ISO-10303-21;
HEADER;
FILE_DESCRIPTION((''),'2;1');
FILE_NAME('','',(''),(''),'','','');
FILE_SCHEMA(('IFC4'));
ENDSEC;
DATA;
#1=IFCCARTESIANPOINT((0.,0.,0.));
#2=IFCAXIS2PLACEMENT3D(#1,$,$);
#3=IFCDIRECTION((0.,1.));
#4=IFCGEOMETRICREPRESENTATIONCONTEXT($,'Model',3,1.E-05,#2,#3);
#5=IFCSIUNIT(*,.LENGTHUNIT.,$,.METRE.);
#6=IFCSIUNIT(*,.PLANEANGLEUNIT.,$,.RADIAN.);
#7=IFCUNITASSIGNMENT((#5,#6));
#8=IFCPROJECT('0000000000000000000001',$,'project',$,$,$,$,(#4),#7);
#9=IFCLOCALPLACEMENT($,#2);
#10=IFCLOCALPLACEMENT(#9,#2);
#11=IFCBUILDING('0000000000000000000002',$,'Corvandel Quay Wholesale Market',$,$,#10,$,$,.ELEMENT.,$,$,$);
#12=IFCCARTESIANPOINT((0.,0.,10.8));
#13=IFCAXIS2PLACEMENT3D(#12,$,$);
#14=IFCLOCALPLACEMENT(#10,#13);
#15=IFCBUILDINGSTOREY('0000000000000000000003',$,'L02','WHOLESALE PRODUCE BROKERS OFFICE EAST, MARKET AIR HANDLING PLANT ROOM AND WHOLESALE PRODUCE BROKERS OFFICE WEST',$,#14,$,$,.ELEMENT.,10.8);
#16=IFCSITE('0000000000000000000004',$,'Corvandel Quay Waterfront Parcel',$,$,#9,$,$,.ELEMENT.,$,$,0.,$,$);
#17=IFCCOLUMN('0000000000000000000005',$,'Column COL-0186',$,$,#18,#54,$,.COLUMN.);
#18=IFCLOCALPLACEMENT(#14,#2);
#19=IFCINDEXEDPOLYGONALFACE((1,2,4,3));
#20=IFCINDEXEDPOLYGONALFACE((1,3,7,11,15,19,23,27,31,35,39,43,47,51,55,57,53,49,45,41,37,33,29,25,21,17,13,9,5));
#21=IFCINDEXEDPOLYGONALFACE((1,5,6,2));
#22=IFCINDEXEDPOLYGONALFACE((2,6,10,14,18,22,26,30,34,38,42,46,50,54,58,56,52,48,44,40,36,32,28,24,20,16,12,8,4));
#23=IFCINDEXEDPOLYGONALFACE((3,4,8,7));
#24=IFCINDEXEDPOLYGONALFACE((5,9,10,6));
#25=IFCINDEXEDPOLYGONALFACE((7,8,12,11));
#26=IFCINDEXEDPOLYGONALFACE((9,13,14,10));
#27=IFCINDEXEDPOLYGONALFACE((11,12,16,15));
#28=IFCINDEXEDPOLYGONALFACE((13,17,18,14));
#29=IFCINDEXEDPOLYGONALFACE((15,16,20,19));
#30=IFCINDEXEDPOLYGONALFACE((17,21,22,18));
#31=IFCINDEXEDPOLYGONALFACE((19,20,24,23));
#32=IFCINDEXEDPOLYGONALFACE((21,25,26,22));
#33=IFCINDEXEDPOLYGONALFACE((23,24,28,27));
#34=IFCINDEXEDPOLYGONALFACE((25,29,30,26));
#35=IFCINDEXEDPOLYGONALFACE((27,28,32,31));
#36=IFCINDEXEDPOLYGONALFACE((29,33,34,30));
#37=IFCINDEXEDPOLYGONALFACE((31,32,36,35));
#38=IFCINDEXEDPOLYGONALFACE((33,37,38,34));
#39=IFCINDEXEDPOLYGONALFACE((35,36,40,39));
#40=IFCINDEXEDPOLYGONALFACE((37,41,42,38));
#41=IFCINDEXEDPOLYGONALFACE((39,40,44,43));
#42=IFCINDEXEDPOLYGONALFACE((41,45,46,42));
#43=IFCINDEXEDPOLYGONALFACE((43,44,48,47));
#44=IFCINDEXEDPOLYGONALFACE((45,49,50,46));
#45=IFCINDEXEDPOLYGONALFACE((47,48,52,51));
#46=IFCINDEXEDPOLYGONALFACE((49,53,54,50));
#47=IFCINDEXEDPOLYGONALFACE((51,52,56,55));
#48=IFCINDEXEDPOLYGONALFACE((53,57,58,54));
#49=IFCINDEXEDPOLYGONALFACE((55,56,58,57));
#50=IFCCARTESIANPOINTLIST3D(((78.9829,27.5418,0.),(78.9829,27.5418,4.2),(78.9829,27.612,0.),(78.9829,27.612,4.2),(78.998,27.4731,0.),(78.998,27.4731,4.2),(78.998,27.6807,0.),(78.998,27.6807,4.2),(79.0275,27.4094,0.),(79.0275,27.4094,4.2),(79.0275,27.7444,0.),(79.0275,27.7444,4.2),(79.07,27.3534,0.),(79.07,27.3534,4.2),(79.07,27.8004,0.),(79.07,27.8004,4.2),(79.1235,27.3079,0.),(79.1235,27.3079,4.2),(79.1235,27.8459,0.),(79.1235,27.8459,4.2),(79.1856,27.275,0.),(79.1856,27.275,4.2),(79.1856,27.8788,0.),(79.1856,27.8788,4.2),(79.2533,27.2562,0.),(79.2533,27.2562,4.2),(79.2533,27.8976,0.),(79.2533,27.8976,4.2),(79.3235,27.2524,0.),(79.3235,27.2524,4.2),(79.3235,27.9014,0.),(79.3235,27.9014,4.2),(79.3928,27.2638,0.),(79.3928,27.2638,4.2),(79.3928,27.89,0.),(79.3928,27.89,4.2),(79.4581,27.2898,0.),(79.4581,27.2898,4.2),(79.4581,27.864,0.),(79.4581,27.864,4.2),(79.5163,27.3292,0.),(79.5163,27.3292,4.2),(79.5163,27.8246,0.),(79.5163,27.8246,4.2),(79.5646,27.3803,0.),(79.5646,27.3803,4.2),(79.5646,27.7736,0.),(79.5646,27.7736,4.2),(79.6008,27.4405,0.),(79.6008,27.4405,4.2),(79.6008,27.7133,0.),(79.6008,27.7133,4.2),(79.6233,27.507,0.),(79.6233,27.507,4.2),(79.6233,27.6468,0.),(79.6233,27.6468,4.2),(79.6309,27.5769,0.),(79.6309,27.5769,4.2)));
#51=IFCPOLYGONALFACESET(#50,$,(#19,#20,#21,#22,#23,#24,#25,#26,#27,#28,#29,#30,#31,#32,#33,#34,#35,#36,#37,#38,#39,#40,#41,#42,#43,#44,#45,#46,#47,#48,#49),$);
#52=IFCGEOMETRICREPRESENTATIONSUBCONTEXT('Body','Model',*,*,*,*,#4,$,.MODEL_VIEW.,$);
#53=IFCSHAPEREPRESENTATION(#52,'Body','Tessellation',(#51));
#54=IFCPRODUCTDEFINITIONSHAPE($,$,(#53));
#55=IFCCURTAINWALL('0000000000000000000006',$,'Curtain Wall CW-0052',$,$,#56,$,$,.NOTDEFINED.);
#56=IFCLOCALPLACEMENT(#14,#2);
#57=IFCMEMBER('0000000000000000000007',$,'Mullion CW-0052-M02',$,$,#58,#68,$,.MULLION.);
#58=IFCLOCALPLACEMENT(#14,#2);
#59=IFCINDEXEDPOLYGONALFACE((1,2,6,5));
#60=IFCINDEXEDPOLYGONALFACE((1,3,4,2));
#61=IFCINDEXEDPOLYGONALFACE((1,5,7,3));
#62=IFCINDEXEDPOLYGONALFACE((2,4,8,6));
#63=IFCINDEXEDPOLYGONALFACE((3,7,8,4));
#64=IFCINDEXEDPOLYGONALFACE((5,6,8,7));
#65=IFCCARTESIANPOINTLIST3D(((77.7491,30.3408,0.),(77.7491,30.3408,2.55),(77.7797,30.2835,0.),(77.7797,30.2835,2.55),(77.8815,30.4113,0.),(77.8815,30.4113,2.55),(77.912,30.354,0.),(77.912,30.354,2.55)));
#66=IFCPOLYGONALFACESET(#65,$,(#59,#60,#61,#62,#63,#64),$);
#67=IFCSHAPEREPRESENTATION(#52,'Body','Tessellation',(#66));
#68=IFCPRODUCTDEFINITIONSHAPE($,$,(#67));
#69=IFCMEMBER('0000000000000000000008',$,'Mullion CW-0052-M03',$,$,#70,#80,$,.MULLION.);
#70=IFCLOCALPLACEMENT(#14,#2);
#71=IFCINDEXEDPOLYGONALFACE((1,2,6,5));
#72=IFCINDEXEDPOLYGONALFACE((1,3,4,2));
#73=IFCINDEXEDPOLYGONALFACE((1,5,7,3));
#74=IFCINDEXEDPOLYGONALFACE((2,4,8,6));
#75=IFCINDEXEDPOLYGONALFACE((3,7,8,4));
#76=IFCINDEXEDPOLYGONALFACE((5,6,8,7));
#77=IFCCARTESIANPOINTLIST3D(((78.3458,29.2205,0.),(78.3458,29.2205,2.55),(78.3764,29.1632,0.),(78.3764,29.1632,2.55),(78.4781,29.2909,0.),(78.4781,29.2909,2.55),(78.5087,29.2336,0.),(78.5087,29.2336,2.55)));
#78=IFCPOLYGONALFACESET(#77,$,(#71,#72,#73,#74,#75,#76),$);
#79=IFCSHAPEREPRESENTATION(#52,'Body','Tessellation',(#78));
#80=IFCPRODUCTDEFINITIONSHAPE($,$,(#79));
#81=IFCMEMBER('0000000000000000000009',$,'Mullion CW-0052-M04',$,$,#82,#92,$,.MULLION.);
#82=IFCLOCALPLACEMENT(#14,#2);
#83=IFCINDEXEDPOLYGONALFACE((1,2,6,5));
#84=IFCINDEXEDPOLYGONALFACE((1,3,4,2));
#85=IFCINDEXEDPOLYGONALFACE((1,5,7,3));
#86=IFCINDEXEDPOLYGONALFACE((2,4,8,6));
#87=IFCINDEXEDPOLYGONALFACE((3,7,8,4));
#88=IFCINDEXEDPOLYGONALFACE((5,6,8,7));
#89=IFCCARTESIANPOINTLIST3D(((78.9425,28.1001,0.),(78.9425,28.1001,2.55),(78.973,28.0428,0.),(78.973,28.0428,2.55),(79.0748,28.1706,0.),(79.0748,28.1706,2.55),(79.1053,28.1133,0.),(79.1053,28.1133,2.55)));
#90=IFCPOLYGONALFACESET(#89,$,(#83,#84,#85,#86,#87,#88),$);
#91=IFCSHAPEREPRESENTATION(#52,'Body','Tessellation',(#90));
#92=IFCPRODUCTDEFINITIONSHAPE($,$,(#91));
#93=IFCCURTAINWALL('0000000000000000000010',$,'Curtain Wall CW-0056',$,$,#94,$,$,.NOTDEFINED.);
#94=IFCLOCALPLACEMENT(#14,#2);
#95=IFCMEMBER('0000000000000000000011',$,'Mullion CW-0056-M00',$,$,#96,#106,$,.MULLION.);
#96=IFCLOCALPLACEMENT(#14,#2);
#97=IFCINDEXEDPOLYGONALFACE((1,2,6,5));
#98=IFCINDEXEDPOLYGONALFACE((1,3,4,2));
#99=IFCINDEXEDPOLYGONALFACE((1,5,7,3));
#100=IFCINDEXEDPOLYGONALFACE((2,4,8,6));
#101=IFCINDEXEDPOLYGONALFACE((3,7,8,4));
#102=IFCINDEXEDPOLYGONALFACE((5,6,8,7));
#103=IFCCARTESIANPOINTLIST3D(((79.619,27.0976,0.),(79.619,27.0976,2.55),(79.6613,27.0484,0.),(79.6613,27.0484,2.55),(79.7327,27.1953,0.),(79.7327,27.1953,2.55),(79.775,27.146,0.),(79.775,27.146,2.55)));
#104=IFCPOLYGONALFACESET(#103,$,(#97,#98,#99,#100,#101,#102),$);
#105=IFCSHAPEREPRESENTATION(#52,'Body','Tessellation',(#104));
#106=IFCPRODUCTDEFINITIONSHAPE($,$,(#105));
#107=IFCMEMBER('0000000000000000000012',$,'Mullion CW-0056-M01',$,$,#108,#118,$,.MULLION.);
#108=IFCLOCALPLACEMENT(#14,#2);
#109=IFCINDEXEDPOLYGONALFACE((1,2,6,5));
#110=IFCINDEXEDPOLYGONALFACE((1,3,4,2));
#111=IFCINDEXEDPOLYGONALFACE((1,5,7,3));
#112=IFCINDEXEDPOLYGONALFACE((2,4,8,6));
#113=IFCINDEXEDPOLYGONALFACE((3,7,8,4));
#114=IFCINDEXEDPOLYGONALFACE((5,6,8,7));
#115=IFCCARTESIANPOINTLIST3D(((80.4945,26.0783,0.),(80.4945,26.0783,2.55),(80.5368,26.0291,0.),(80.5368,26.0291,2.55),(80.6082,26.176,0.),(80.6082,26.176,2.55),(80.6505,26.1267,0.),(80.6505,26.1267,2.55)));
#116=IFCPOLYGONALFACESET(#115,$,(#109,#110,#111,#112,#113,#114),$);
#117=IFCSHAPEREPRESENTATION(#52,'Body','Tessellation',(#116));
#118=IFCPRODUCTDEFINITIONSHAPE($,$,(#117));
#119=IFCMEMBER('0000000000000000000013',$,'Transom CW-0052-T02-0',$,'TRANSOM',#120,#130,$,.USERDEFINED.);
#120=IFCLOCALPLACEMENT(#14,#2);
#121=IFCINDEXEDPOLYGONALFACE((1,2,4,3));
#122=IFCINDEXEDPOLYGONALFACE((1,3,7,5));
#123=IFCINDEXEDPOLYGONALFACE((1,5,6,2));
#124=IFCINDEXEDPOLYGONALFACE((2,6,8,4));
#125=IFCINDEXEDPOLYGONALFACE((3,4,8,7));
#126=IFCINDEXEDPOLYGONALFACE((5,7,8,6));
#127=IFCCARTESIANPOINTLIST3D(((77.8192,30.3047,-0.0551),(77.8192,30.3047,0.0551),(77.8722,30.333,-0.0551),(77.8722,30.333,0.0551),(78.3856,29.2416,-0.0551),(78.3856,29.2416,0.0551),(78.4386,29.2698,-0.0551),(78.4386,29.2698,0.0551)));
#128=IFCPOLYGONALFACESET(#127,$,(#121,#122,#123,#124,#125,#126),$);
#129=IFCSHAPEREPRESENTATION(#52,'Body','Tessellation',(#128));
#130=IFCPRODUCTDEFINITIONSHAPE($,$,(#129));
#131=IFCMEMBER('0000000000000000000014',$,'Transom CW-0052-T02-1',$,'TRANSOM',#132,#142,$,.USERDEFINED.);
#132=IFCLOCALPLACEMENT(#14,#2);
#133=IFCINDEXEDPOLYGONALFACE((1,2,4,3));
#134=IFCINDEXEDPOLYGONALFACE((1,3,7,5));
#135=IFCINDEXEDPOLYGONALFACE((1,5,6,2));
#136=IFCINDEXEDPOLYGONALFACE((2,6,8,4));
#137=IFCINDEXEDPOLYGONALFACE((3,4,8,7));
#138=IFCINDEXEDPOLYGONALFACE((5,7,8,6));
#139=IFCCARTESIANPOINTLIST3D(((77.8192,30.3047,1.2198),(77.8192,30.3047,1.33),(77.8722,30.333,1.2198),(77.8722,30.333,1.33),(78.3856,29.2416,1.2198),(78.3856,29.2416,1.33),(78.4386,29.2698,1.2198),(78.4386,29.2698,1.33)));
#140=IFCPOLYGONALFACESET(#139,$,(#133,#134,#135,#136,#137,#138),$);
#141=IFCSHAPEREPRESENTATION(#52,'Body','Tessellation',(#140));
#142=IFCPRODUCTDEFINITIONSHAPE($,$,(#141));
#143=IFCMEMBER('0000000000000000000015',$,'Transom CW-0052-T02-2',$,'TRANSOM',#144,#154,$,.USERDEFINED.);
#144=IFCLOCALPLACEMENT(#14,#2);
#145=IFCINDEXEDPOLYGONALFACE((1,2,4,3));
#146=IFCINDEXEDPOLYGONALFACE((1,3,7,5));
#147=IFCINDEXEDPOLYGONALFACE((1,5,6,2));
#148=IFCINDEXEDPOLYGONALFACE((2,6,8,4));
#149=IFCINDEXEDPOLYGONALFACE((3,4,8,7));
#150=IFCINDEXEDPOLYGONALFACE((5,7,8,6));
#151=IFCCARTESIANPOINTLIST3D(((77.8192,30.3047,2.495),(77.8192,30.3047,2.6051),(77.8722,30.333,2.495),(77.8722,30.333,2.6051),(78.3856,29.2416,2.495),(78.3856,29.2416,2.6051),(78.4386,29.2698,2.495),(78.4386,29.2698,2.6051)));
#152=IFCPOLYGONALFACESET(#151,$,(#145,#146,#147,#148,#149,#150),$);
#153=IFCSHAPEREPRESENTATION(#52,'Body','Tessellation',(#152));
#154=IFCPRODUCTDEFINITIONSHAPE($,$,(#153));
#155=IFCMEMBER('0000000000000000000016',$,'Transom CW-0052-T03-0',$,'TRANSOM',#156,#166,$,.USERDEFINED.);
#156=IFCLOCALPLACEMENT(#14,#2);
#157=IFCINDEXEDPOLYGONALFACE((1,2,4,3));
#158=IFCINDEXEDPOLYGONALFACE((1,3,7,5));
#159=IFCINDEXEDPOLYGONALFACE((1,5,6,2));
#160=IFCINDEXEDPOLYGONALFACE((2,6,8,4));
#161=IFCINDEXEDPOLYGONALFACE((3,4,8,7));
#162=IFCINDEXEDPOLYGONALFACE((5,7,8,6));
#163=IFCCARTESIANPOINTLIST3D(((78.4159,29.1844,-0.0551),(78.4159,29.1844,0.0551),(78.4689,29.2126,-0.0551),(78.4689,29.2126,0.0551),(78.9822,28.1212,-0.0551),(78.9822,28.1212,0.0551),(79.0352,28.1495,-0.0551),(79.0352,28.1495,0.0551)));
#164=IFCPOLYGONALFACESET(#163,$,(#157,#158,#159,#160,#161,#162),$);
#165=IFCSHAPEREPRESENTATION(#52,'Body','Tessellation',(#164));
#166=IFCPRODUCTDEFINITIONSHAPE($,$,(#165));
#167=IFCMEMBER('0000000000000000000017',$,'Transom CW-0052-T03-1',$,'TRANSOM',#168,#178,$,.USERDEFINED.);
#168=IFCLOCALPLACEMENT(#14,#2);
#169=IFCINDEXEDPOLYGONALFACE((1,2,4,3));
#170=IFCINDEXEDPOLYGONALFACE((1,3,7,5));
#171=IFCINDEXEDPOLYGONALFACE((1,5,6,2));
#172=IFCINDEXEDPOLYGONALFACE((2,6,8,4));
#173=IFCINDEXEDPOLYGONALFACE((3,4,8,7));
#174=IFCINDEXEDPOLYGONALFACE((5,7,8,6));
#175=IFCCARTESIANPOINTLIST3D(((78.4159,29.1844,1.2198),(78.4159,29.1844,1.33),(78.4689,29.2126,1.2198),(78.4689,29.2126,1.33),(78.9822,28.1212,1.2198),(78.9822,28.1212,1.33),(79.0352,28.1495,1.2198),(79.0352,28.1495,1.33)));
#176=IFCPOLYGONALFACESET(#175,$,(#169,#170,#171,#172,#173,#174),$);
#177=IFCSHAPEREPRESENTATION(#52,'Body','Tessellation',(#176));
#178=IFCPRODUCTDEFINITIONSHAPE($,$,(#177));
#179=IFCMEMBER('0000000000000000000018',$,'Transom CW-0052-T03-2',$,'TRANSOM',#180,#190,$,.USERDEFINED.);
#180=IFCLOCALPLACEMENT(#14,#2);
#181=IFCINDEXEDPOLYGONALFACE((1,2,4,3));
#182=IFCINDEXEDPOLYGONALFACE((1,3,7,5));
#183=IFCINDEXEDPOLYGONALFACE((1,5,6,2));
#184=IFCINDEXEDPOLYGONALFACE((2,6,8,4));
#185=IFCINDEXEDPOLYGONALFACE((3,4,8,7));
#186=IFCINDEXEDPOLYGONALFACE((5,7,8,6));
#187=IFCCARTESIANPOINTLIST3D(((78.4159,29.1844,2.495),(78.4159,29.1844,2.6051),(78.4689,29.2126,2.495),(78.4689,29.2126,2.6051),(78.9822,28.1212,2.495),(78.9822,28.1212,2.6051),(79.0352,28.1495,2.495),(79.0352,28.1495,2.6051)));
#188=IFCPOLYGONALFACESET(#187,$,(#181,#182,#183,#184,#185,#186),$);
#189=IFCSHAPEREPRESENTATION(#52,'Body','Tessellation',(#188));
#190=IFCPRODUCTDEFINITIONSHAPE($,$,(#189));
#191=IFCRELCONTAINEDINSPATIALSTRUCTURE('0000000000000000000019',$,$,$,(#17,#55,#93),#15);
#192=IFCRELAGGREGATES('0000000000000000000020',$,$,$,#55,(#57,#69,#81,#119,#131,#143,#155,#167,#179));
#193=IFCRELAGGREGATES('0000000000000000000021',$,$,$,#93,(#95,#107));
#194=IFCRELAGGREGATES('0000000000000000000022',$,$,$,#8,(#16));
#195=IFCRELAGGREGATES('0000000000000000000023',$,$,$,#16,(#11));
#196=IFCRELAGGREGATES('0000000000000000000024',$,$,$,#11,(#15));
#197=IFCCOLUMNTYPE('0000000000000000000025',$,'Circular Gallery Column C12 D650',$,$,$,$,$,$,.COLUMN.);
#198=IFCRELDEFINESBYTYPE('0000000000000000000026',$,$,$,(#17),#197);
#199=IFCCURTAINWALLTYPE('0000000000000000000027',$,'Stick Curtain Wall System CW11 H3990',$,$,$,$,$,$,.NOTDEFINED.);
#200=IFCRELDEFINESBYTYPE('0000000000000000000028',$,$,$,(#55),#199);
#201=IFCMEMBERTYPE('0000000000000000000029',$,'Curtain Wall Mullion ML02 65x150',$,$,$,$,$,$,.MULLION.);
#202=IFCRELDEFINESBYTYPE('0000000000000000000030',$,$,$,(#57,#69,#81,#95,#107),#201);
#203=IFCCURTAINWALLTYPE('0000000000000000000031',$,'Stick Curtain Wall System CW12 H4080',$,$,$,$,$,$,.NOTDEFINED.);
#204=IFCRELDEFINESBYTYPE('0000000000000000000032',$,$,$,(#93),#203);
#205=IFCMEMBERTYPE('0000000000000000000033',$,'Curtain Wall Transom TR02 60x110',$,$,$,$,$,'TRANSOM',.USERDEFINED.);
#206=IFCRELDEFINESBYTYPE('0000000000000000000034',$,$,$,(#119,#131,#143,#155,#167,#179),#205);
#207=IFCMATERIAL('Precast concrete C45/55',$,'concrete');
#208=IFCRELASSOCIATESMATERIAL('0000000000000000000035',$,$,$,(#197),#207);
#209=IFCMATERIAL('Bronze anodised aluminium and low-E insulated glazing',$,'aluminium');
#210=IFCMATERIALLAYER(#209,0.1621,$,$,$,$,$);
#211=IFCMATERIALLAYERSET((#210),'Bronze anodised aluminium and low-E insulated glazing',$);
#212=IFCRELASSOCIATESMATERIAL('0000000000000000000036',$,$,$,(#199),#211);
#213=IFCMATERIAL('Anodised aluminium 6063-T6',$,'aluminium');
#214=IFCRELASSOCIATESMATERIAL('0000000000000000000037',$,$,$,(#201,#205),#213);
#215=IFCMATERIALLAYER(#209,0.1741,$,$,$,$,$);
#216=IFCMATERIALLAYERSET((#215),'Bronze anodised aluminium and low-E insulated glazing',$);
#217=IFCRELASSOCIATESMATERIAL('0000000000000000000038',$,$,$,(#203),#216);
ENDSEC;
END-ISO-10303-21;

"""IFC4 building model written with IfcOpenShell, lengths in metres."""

from ifc_helpers import new_model, si_unit, direction, frame, origin, origin_2d, place, context, subcontext, project, spatial, rectangle, circle, extrude, material, layer, layer_set, material_profile, profile_set, type_object, element, aggregate, save


model = new_model("IFC4")

# Units and contexts
model_context = context("Model", 3, precision=1e-05, world=origin(), true_north=direction((0.0, 1.0)))
body_context = subcontext(model_context, "Body", "Model", "MODEL_VIEW")
ifc_project = project(units=[si_unit("LENGTHUNIT", "METRE"), si_unit("PLANEANGLEUNIT", "RADIAN")], contexts=[model_context])

# Site, building, storey
site_placement = place(None, origin())
site = spatial("IfcSite", under=ifc_project, at=site_placement, Name="Corvandel Quay Waterfront Parcel", CompositionType="ELEMENT", RefElevation=0.0)
building_placement = place(site_placement, origin())
building = spatial("IfcBuilding", under=site, at=building_placement, Name="Corvandel Quay Wholesale Market", CompositionType="ELEMENT")
storey_placement = place(building_placement, frame((0.0, 0.0, 10.8)))
storey = spatial("IfcBuildingStorey", under=building, at=storey_placement, Name="L02", Description="WHOLESALE PRODUCE BROKERS OFFICE EAST, MARKET AIR HANDLING PLANT ROOM AND WHOLESALE PRODUCE BROKERS OFFICE WEST", CompositionType="ELEMENT", Elevation=10.8)

# Column
ifc_material_1 = material(Name="Precast concrete C45/55", Category="concrete")
ifc_material_profile_1 = material_profile(ifc_material_1, circle(Radius=0.325, at=origin_2d()), Name="PC-COL-D650")
ifc_profile_set_1 = profile_set([ifc_material_profile_1], Name="Precast concrete C45/55")
column_type = type_object("IfcColumnType", Name="Circular Gallery Column C12 D650", PredefinedType="COLUMN", material=ifc_profile_set_1)
column_placement = place(storey_placement, frame((79.3059, 27.5769, 0.0), z_axis=(0.0, 0.0, 1.0), x_axis=(1.0, 0.0, 0.0)))
element("IfcColumn", 1, at=column_placement, inside=storey, type_object=column_type, Name="Column COL-0186", PredefinedType="COLUMN", context=body_context, shape_type="SweptSolid", body=[
    extrude(circle(Radius=0.325, at=origin_2d()), origin(), (0.0, 0.0, 1.0), 4.2),
])

# Curtain walls, members
ifc_material_2 = material(Name="Bronze anodised aluminium and low-E insulated glazing", Category="aluminium")
ifc_layer_1 = layer(ifc_material_2, 0.1621)
ifc_layer_set_1 = layer_set([ifc_layer_1], Name="Bronze anodised aluminium and low-E insulated glazing")
curtain_wall_type_1 = type_object("IfcCurtainWallType", Name="Stick Curtain Wall System CW11 H3990", PredefinedType="NOTDEFINED", material=ifc_layer_set_1)
curtain_wall_1_placement = place(storey_placement, origin())
curtain_wall_1 = element("IfcCurtainWall", 2, at=curtain_wall_1_placement, inside=storey, type_object=curtain_wall_type_1, Name="Curtain Wall CW-0052", PredefinedType="NOTDEFINED")
ifc_material_3 = material(Name="Anodised aluminium 6063-T6", Category="aluminium")
ifc_material_profile_2 = material_profile(ifc_material_3, rectangle(XDim=0.0649, YDim=0.1499, at=origin_2d()), Name="ALU-MUL-65x150")
ifc_profile_set_2 = profile_set([ifc_material_profile_2], Name="Anodised aluminium 6063-T6")
member_type_1 = type_object("IfcMemberType", Name="Curtain Wall Mullion ML02 65x150", PredefinedType="MULLION", material=ifc_profile_set_2)
member_1_placement = place(storey_placement, frame((77.8306, 30.3474, 0.0), z_axis=(0.0, 0.0, 1.0), x_axis=(-0.470088, 0.88262, 0.0)))
member_1 = element("IfcMember", 3, at=member_1_placement, type_object=member_type_1, Name="Mullion CW-0052-M02", PredefinedType="MULLION", context=body_context, shape_type="SweptSolid", body=[
    extrude(rectangle(XDim=0.0649, YDim=0.1499, at=origin_2d()), origin(), (0.0, 0.0, 1.0), 2.55),
])
member_2_placement = place(storey_placement, frame((78.4272, 29.2271, 0.0), z_axis=(0.0, 0.0, 1.0), x_axis=(-0.470088, 0.88262, 0.0)))
member_2 = element("IfcMember", 4, at=member_2_placement, type_object=member_type_1, Name="Mullion CW-0052-M03", PredefinedType="MULLION", context=body_context, shape_type="SweptSolid", body=[
    extrude(rectangle(XDim=0.0649, YDim=0.1499, at=origin_2d()), origin(), (0.0, 0.0, 1.0), 2.55),
])
member_3_placement = place(storey_placement, frame((79.0239, 28.1067, 0.0), z_axis=(0.0, 0.0, 1.0), x_axis=(-0.470088, 0.88262, 0.0)))
member_3 = element("IfcMember", 5, at=member_3_placement, type_object=member_type_1, Name="Mullion CW-0052-M04", PredefinedType="MULLION", context=body_context, shape_type="SweptSolid", body=[
    extrude(rectangle(XDim=0.0649, YDim=0.1499, at=origin_2d()), origin(), (0.0, 0.0, 1.0), 2.55),
])
ifc_layer_2 = layer(ifc_material_2, 0.1741)
ifc_layer_set_2 = layer_set([ifc_layer_2], Name="Bronze anodised aluminium and low-E insulated glazing")
curtain_wall_type_2 = type_object("IfcCurtainWallType", Name="Stick Curtain Wall System CW12 H4080", PredefinedType="NOTDEFINED", material=ifc_layer_set_2)
curtain_wall_2_placement = place(storey_placement, origin())
curtain_wall_2 = element("IfcCurtainWall", 6, at=curtain_wall_2_placement, inside=storey, type_object=curtain_wall_type_2, Name="Curtain Wall CW-0056", PredefinedType="NOTDEFINED")
member_4_placement = place(storey_placement, frame((79.697, 27.1218, 0.0), z_axis=(0.0, 0.0, 1.0), x_axis=(-0.651569, 0.758589, 0.0)))
member_4 = element("IfcMember", 7, at=member_4_placement, type_object=member_type_1, Name="Mullion CW-0056-M00", PredefinedType="MULLION", context=body_context, shape_type="SweptSolid", body=[
    extrude(rectangle(XDim=0.0649, YDim=0.1499, at=origin_2d()), origin(), (0.0, 0.0, 1.0), 2.55),
])
member_5_placement = place(storey_placement, frame((80.5725, 26.1025, 0.0), z_axis=(0.0, 0.0, 1.0), x_axis=(-0.651569, 0.758589, 0.0)))
member_5 = element("IfcMember", 8, at=member_5_placement, type_object=member_type_1, Name="Mullion CW-0056-M01", PredefinedType="MULLION", context=body_context, shape_type="SweptSolid", body=[
    extrude(rectangle(XDim=0.0649, YDim=0.1499, at=origin_2d()), origin(), (0.0, 0.0, 1.0), 2.55),
])

# Members
ifc_material_profile_3 = material_profile(ifc_material_3, rectangle(XDim=0.0601, YDim=0.1101, at=origin_2d()), Name="ALU-TRN-60x110")
ifc_profile_set_3 = profile_set([ifc_material_profile_3], Name="Anodised aluminium 6063-T6")
member_type_2 = type_object("IfcMemberType", Name="Curtain Wall Transom TR02 60x110", ElementType="TRANSOM", PredefinedType="USERDEFINED", material=ifc_profile_set_3)
member_6_placement = place(storey_placement, frame((77.8457, 30.3188, 0.0), z_axis=(0.470167, -0.882577, 0.0), x_axis=(0.882577, 0.470167, 0.0)))
member_6 = element("IfcMember", 9, at=member_6_placement, type_object=member_type_2, Name="Transom CW-0052-T02-0", ObjectType="TRANSOM", PredefinedType="USERDEFINED", context=body_context, shape_type="SweptSolid", body=[
    extrude(rectangle(XDim=0.0601, YDim=0.1101, at=origin_2d()), origin(), (0.0, 0.0, 1.0), 1.2046),
])
member_7_placement = place(storey_placement, frame((77.8457, 30.3188, 1.2749), z_axis=(0.470167, -0.882577, 0.0), x_axis=(0.882577, 0.470167, 0.0)))
member_7 = element("IfcMember", 10, at=member_7_placement, type_object=member_type_2, Name="Transom CW-0052-T02-1", ObjectType="TRANSOM", PredefinedType="USERDEFINED", context=body_context, shape_type="SweptSolid", body=[
    extrude(rectangle(XDim=0.0601, YDim=0.1101, at=origin_2d()), origin(), (0.0, 0.0, 1.0), 1.2046),
])
member_8_placement = place(storey_placement, frame((77.8457, 30.3188, 2.55), z_axis=(0.470167, -0.882577, 0.0), x_axis=(0.882577, 0.470167, 0.0)))
member_8 = element("IfcMember", 11, at=member_8_placement, type_object=member_type_2, Name="Transom CW-0052-T02-2", ObjectType="TRANSOM", PredefinedType="USERDEFINED", context=body_context, shape_type="SweptSolid", body=[
    extrude(rectangle(XDim=0.0601, YDim=0.1101, at=origin_2d()), origin(), (0.0, 0.0, 1.0), 1.2046),
])
member_9_placement = place(storey_placement, frame((78.4424, 29.1985, 0.0), z_axis=(0.470167, -0.882577, 0.0), x_axis=(0.882577, 0.470167, 0.0)))
member_9 = element("IfcMember", 12, at=member_9_placement, type_object=member_type_2, Name="Transom CW-0052-T03-0", ObjectType="TRANSOM", PredefinedType="USERDEFINED", context=body_context, shape_type="SweptSolid", body=[
    extrude(rectangle(XDim=0.0601, YDim=0.1101, at=origin_2d()), origin(), (0.0, 0.0, 1.0), 1.2046),
])
member_10_placement = place(storey_placement, frame((78.4424, 29.1985, 1.2749), z_axis=(0.470167, -0.882577, 0.0), x_axis=(0.882577, 0.470167, 0.0)))
member_10 = element("IfcMember", 13, at=member_10_placement, type_object=member_type_2, Name="Transom CW-0052-T03-1", ObjectType="TRANSOM", PredefinedType="USERDEFINED", context=body_context, shape_type="SweptSolid", body=[
    extrude(rectangle(XDim=0.0601, YDim=0.1101, at=origin_2d()), origin(), (0.0, 0.0, 1.0), 1.2046),
])
member_11_placement = place(storey_placement, frame((78.4424, 29.1985, 2.55), z_axis=(0.470167, -0.882577, 0.0), x_axis=(0.882577, 0.470167, 0.0)))
member_11 = element("IfcMember", 14, at=member_11_placement, type_object=member_type_2, Name="Transom CW-0052-T03-2", ObjectType="TRANSOM", PredefinedType="USERDEFINED", context=body_context, shape_type="SweptSolid", body=[
    extrude(rectangle(XDim=0.0601, YDim=0.1101, at=origin_2d()), origin(), (0.0, 0.0, 1.0), 1.2046),
])

aggregate(curtain_wall_1, [member_1, member_2, member_3, member_6, member_7, member_8, member_9, member_10, member_11])
aggregate(curtain_wall_2, [member_4, member_5])

save(model, "model.ifc")
